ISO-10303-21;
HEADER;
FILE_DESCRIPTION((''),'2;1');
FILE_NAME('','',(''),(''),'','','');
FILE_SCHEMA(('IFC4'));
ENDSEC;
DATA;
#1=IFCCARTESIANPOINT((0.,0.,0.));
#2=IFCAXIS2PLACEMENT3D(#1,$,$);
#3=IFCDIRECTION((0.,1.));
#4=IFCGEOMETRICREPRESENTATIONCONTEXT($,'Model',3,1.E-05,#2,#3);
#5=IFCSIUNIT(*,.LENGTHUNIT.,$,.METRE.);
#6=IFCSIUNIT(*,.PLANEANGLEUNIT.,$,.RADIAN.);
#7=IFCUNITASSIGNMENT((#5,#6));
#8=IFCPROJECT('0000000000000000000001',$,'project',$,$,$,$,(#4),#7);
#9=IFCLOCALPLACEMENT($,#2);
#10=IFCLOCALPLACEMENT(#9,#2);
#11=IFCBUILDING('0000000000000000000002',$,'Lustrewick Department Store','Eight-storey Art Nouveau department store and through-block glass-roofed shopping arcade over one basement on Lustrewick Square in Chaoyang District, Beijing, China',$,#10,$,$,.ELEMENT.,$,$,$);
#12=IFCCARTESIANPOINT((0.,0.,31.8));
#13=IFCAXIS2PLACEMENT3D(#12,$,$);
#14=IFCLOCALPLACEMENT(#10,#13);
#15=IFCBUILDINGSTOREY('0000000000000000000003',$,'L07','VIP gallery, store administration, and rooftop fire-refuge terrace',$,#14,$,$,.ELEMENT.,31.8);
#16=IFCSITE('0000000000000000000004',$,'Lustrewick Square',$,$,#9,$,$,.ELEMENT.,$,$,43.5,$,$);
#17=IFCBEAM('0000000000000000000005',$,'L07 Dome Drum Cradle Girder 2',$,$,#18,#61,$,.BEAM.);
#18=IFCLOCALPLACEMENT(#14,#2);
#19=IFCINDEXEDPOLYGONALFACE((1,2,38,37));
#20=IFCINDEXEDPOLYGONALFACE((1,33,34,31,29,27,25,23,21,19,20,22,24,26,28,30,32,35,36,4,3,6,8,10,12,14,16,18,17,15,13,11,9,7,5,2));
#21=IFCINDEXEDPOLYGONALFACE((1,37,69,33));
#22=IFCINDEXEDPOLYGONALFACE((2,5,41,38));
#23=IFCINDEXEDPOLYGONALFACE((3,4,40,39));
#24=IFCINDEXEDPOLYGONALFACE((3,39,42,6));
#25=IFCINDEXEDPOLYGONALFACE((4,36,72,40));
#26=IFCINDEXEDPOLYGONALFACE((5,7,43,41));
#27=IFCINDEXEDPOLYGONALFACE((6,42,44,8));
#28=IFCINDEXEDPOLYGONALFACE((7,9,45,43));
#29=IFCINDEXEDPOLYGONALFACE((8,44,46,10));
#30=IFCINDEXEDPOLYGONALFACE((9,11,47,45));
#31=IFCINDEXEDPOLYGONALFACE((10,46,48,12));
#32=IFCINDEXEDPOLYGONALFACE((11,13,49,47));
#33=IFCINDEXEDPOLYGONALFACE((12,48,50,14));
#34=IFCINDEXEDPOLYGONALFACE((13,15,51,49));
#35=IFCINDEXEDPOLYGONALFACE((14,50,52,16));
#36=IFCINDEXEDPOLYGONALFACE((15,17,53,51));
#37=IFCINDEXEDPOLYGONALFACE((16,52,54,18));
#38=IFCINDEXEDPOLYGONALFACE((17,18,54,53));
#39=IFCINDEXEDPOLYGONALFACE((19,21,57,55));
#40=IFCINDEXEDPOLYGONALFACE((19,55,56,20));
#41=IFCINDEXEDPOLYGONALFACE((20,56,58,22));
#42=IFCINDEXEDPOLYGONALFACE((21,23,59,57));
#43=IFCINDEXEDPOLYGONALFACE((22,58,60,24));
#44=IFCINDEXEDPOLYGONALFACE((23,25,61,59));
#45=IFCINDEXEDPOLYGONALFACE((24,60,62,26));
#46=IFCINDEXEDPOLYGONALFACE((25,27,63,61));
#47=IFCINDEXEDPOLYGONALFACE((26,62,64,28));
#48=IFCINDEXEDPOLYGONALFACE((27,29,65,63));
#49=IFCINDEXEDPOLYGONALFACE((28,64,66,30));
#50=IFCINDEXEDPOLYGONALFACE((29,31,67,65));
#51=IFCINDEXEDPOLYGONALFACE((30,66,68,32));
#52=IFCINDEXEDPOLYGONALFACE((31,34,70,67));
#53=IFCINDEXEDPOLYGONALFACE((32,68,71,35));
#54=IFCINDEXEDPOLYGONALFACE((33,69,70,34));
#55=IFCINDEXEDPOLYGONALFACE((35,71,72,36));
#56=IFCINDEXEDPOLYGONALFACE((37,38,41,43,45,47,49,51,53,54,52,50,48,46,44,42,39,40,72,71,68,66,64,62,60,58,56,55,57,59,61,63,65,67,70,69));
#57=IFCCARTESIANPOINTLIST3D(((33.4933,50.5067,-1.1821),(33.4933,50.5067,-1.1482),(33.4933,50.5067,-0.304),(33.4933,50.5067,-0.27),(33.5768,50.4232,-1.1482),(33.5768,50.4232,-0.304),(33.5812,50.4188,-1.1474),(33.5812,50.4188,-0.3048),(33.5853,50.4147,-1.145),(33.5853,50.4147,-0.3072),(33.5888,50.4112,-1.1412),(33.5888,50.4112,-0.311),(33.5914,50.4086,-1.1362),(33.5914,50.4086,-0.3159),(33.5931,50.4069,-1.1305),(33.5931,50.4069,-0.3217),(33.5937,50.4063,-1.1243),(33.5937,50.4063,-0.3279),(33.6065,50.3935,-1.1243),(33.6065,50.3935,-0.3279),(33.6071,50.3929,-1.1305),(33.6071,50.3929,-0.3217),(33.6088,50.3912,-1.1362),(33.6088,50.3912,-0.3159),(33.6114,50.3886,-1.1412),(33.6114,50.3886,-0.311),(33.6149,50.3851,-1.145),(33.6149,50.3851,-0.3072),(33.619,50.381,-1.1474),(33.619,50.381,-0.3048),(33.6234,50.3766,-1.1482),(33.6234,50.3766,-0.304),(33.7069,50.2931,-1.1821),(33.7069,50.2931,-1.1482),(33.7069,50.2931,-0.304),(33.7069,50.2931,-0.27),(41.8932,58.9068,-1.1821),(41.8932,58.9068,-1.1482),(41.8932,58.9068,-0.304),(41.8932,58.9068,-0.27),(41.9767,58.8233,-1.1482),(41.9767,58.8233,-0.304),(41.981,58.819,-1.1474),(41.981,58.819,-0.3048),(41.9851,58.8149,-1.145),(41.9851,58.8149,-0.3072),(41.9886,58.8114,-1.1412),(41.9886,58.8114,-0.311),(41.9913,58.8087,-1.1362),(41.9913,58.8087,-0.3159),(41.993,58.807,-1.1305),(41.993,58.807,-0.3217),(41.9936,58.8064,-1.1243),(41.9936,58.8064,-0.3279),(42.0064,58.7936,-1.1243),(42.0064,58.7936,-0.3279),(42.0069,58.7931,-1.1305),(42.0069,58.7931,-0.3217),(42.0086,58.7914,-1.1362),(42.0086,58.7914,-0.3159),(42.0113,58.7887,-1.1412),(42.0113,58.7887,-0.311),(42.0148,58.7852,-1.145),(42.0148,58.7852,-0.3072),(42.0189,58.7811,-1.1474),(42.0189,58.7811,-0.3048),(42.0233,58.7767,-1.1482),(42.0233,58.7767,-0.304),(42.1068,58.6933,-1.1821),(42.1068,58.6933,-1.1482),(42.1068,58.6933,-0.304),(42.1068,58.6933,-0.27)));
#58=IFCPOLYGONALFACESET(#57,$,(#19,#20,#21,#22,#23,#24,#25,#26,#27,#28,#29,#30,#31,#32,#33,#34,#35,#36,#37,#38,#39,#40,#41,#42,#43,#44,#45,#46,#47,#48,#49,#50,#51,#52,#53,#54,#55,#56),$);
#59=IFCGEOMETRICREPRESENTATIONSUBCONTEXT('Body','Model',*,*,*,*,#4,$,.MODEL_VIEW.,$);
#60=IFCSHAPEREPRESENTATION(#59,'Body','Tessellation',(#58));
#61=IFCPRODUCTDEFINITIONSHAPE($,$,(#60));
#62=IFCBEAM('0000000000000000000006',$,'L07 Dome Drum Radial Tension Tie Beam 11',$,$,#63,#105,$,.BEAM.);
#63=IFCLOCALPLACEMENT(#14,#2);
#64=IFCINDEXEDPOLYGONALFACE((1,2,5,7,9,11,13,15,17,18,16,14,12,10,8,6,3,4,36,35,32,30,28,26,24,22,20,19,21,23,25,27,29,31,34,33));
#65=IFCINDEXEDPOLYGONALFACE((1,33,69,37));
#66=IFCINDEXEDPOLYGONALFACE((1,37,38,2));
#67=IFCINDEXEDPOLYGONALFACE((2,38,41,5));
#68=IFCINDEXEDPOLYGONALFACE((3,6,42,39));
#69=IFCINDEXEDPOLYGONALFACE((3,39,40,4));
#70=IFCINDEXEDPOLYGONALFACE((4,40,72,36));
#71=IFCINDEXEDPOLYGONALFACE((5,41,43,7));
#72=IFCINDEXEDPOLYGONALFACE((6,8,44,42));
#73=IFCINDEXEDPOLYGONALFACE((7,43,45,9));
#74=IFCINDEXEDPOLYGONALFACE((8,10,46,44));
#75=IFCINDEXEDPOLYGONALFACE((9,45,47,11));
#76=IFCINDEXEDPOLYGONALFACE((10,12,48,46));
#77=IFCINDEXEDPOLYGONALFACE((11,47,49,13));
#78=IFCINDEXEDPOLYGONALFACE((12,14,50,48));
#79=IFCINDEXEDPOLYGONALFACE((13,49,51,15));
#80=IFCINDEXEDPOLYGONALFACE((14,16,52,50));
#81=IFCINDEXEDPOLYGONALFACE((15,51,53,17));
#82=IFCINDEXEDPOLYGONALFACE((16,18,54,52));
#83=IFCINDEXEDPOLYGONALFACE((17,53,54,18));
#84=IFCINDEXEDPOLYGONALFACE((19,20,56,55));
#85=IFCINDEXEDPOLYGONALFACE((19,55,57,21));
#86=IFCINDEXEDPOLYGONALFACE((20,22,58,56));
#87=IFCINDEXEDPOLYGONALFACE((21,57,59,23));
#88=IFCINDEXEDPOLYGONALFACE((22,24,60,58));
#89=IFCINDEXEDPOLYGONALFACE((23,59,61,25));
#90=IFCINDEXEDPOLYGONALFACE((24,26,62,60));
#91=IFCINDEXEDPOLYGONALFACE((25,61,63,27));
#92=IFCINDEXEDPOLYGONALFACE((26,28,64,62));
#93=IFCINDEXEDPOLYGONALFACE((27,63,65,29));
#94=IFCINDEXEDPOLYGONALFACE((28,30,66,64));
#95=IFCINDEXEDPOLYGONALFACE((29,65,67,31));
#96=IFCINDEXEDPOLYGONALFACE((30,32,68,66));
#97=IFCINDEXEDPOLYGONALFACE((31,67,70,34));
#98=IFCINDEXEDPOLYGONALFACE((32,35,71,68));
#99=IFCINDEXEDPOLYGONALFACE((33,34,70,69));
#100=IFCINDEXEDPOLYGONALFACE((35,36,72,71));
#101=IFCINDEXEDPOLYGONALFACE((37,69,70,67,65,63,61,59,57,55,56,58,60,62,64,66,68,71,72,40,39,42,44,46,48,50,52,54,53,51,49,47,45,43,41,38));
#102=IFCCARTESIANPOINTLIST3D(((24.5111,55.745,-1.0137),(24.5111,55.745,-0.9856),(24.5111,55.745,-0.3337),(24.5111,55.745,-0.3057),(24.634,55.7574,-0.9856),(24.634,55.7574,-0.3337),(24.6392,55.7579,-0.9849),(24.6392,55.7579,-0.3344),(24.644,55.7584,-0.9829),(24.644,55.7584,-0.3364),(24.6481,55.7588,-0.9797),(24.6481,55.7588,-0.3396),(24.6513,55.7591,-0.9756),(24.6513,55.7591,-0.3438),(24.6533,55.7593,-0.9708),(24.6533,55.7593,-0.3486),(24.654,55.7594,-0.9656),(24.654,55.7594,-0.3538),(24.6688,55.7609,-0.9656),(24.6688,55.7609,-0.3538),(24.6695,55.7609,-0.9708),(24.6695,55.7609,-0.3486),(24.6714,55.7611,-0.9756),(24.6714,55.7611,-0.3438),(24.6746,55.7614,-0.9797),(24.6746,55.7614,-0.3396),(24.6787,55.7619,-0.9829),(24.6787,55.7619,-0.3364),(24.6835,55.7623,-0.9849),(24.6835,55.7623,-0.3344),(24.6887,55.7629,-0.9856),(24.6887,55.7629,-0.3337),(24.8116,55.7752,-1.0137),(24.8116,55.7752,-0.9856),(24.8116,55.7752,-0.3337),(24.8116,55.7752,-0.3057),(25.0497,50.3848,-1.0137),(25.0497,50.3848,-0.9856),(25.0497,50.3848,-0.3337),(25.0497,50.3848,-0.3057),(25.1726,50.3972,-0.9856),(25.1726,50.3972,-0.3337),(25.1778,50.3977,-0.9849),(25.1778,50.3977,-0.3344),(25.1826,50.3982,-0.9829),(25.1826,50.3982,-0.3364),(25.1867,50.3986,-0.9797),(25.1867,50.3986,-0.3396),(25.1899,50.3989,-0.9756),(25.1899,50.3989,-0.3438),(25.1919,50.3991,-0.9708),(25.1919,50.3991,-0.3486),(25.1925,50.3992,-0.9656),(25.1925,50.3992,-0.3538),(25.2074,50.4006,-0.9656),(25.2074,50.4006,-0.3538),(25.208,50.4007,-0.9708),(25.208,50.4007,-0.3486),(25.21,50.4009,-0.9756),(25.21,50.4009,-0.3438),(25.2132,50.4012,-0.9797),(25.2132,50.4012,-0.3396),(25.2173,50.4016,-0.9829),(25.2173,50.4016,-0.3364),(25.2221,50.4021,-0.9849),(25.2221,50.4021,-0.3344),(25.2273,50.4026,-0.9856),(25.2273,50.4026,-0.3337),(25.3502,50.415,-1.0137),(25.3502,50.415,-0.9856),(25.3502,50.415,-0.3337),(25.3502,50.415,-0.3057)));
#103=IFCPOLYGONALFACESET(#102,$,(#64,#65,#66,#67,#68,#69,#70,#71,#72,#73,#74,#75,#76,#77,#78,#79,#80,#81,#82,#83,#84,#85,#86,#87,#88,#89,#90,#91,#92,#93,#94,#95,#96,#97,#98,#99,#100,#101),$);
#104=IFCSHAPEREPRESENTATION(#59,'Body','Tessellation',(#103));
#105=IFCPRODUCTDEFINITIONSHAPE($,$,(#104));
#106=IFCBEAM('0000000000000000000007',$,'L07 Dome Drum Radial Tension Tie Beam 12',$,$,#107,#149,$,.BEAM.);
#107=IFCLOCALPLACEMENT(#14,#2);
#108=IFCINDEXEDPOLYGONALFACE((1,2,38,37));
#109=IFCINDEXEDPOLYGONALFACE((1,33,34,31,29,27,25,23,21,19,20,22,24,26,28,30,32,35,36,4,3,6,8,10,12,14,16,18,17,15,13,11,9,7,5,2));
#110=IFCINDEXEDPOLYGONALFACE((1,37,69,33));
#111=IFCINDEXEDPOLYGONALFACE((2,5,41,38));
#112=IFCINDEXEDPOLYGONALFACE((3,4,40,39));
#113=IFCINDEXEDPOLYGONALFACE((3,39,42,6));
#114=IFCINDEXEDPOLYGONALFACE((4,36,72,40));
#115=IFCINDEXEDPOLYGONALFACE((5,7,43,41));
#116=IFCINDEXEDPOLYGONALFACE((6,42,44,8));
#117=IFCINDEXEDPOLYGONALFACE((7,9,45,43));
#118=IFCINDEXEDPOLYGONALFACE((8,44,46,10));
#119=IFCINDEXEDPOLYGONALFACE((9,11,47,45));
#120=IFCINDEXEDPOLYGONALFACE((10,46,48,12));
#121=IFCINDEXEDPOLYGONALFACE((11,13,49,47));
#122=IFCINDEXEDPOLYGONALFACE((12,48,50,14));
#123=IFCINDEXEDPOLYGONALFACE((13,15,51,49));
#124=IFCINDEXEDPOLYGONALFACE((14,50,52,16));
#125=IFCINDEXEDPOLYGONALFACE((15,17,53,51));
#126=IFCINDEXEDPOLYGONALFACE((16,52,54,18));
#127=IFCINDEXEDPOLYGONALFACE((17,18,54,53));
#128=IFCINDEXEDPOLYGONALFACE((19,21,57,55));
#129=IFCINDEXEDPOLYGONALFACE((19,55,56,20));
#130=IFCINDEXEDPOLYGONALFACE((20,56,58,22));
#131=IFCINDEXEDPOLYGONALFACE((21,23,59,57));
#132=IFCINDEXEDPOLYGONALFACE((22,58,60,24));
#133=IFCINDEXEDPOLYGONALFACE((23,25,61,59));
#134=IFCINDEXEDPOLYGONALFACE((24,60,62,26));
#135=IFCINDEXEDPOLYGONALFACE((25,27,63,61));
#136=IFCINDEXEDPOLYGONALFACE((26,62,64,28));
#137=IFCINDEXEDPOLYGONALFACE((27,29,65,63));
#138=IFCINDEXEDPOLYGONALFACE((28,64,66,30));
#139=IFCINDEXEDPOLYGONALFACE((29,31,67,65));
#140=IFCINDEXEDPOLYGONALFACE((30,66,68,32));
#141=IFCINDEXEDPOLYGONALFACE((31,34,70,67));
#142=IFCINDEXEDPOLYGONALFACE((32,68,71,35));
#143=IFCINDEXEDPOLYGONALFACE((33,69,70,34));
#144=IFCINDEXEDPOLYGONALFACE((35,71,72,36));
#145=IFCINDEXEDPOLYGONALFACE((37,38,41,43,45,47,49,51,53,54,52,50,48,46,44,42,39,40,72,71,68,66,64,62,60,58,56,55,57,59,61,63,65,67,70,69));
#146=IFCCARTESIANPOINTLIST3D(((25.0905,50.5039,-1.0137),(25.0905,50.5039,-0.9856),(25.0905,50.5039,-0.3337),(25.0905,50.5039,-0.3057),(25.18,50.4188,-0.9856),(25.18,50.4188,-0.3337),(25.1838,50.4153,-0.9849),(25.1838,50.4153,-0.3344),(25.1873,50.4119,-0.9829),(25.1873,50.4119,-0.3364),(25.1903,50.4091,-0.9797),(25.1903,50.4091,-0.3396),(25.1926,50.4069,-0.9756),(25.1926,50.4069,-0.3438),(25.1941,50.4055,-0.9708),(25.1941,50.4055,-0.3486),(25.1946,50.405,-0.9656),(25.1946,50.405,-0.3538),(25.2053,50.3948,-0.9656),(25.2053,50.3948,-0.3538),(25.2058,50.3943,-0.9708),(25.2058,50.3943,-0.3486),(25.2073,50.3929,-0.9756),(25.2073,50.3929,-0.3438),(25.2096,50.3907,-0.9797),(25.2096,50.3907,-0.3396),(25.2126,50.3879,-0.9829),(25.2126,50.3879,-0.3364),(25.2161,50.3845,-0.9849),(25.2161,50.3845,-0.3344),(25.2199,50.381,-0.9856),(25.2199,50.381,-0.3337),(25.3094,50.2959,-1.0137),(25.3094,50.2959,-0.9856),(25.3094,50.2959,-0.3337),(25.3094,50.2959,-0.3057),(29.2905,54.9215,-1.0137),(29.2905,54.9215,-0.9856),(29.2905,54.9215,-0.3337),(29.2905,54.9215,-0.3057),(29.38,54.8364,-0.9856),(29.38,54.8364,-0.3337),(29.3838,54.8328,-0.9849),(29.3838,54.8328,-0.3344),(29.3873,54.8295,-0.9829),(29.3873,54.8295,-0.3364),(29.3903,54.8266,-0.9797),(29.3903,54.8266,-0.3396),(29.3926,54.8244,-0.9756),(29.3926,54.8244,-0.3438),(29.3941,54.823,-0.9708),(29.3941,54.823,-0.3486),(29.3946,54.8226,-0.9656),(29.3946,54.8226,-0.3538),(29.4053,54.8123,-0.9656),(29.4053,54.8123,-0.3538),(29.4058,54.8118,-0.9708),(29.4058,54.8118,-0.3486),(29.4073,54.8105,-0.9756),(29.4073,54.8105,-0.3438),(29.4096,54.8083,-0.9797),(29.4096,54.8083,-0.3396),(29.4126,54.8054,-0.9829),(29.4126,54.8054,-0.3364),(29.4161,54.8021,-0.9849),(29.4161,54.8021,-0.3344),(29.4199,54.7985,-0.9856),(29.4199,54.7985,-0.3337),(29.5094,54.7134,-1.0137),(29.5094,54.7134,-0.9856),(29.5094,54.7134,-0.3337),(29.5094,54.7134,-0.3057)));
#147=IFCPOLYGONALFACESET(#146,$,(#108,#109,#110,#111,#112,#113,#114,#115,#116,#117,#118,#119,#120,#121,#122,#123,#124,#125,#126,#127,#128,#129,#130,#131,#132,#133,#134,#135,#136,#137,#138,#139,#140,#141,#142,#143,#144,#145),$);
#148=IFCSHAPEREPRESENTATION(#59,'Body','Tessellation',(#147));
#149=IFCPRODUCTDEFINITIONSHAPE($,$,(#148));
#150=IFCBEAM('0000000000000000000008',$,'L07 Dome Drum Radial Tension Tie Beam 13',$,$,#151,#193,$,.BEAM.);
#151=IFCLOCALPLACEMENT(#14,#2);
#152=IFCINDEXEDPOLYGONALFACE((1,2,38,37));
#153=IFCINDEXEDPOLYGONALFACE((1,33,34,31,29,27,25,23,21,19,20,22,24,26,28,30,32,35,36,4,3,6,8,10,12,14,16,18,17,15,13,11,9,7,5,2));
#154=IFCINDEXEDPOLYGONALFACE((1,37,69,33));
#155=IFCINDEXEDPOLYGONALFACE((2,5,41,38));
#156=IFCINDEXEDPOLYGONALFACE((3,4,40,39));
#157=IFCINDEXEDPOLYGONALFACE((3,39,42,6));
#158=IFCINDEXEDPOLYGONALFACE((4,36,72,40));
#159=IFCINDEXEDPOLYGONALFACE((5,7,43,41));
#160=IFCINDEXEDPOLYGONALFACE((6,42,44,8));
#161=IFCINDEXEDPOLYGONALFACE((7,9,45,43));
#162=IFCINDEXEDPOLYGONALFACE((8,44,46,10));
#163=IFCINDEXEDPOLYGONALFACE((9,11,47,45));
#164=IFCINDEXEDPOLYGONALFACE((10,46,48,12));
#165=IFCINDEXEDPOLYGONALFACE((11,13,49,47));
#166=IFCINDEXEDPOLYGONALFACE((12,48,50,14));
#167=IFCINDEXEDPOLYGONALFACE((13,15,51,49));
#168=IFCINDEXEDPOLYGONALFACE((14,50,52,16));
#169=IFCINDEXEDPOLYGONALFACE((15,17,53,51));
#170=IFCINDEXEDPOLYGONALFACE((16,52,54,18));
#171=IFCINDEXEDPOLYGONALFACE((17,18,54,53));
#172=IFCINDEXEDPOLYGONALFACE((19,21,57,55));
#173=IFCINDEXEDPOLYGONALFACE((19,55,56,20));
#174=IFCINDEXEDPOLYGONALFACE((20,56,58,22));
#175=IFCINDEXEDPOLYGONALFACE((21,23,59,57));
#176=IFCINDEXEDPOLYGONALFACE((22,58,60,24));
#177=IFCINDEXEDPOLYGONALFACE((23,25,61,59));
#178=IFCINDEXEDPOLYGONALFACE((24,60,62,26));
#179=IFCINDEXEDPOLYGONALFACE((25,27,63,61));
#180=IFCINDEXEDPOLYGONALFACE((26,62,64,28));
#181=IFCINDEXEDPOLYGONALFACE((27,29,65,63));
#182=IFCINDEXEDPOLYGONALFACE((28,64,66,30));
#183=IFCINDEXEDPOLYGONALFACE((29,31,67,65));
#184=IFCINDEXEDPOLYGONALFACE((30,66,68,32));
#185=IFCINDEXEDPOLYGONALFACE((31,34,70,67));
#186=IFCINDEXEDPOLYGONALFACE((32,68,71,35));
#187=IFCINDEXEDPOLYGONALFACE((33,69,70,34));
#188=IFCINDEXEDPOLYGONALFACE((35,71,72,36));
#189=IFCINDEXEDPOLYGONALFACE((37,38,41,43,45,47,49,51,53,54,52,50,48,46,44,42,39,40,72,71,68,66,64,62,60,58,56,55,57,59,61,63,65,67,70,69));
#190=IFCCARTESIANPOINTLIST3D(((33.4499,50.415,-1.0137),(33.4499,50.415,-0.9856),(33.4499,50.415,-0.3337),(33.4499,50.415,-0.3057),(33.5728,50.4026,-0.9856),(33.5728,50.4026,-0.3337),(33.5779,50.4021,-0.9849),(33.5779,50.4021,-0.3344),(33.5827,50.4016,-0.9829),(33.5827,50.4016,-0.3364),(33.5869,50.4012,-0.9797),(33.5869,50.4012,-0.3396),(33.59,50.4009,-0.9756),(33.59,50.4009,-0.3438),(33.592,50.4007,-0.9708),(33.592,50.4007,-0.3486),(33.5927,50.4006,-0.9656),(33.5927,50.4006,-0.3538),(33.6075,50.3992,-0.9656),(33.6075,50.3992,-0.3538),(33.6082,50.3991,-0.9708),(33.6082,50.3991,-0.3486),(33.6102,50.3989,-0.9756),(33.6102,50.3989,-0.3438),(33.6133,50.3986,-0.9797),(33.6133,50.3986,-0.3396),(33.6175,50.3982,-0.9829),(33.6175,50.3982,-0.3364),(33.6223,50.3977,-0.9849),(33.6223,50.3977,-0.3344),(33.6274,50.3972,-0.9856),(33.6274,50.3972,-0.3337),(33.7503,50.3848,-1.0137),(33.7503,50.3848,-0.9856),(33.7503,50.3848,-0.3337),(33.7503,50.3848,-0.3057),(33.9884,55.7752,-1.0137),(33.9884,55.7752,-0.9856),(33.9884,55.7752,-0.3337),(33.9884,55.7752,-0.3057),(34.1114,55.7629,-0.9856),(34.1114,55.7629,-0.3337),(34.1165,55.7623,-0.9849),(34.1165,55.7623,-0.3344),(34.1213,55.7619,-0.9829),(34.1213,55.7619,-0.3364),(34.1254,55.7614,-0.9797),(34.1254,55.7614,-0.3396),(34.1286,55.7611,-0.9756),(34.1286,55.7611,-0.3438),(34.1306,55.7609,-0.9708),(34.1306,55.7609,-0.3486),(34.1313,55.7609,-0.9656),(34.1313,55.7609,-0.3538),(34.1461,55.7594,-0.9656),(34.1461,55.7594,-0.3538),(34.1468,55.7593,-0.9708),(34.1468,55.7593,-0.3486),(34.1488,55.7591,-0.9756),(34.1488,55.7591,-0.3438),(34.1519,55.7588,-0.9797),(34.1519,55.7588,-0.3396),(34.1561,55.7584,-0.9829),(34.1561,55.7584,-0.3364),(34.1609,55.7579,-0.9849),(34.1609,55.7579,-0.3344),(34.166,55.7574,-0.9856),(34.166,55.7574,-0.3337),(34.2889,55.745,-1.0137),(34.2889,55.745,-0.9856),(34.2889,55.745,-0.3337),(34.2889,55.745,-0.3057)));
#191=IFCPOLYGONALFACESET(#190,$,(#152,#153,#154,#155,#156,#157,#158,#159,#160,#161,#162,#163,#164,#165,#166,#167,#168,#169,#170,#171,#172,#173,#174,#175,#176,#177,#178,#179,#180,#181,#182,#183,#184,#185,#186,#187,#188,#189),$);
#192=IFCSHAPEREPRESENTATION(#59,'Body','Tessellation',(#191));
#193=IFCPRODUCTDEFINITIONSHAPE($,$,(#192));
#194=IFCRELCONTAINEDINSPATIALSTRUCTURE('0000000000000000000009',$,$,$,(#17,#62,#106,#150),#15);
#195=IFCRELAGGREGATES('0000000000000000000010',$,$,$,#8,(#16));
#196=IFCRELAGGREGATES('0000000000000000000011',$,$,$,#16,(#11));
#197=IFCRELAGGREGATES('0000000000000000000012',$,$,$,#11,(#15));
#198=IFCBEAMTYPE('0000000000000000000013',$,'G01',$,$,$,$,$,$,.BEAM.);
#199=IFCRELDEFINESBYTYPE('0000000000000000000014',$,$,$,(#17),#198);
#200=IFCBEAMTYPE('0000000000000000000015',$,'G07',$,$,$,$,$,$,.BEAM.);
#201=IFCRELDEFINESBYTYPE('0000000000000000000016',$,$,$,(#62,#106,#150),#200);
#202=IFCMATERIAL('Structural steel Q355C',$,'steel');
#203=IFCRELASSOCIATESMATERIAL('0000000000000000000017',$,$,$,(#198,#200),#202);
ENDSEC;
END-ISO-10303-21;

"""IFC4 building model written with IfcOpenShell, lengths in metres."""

from ifc_helpers import new_model, si_unit, direction, frame, origin, origin_2d, place, context, subcontext, project, spatial, i_section, extrude, material, material_profile, profile_set, type_object, element, save


model = new_model("IFC4")

# Units and contexts
model_context = context("Model", 3, precision=1e-05, world=origin(), true_north=direction((0.0, 1.0)))
body_context = subcontext(model_context, "Body", "Model", "MODEL_VIEW")
ifc_project = project(units=[si_unit("LENGTHUNIT", "METRE"), si_unit("PLANEANGLEUNIT", "RADIAN")], contexts=[model_context])

# Site, building, storey
site_placement = place(None, origin())
site = spatial("IfcSite", under=ifc_project, at=site_placement, Name="Lustrewick Square", CompositionType="ELEMENT", RefElevation=43.5)
building_placement = place(site_placement, origin())
building = spatial("IfcBuilding", under=site, at=building_placement, Name="Lustrewick Department Store", Description="Eight-storey Art Nouveau department store and through-block glass-roofed shopping arcade over one basement on Lustrewick Square in Chaoyang District, Beijing, China", CompositionType="ELEMENT")
storey_placement = place(building_placement, frame((0.0, 0.0, 31.8)))
storey = spatial("IfcBuildingStorey", under=building, at=storey_placement, Name="L07", Description="VIP gallery, store administration, and rooftop fire-refuge terrace", CompositionType="ELEMENT", Elevation=31.8)

# Shared definitions
ifc_material_1 = material(Name="Structural steel Q355C", Category="steel")

# Beams
ifc_material_profile_1 = material_profile(ifc_material_1, i_section(OverallWidth=0.302, OverallDepth=0.9121, WebThickness=0.0181, FlangeThickness=0.0339, FilletRadius=0.0239, at=origin_2d()), Name="HN 912x302x18x34")
ifc_profile_set_1 = profile_set([ifc_material_profile_1], Name="Structural steel Q355C")
beam_type_1 = type_object("IfcBeamType", Name="G01", PredefinedType="BEAM", material=ifc_profile_set_1)
beam_1_placement = place(storey_placement, frame((33.6001, 50.3999, -0.7261), z_axis=(0.707097, 0.707117, 0.0), x_axis=(-0.707117, 0.707097, 0.0)))
element("IfcBeam", 1, at=beam_1_placement, inside=storey, type_object=beam_type_1, Name="L07 Dome Drum Cradle Girder 2", PredefinedType="BEAM", context=body_context, shape_type="SweptSolid", body=[
    extrude(i_section(OverallWidth=0.302, OverallDepth=0.9121, WebThickness=0.0181, FlangeThickness=0.0339, FilletRadius=0.0239, at=origin_2d()), origin(), (0.0, 0.0, 1.0), 11.8794),
])
ifc_material_profile_2 = material_profile(ifc_material_1, i_section(OverallWidth=0.302, OverallDepth=0.708, WebThickness=0.0149, FlangeThickness=0.0281, FilletRadius=0.02, at=origin_2d()), Name="HN 708x302x15x28")
ifc_profile_set_2 = profile_set([ifc_material_profile_2], Name="Structural steel Q355C")
beam_type_2 = type_object("IfcBeamType", Name="G07", PredefinedType="BEAM", material=ifc_profile_set_2)
beam_2_placement = place(storey_placement, frame((25.2, 50.3999, -0.6597), z_axis=(-0.099975, 0.99499, 0.0), x_axis=(-0.99499, -0.099975, 0.0)))
element("IfcBeam", 2, at=beam_2_placement, inside=storey, type_object=beam_type_2, Name="L07 Dome Drum Radial Tension Tie Beam 11", PredefinedType="BEAM", context=body_context, shape_type="SweptSolid", body=[
    extrude(i_section(OverallWidth=0.302, OverallDepth=0.708, WebThickness=0.0149, FlangeThickness=0.0281, FilletRadius=0.02, at=origin_2d()), origin(), (0.0, 0.0, 1.0), 5.3872),
])
beam_3_placement = place(storey_placement, frame((25.2, 50.3999, -0.6597), z_axis=(0.689038, 0.724725, 0.0), x_axis=(-0.724725, 0.689038, 0.0)))
element("IfcBeam", 3, at=beam_3_placement, inside=storey, type_object=beam_type_2, Name="L07 Dome Drum Radial Tension Tie Beam 12", PredefinedType="BEAM", context=body_context, shape_type="SweptSolid", body=[
    extrude(i_section(OverallWidth=0.302, OverallDepth=0.708, WebThickness=0.0149, FlangeThickness=0.0281, FilletRadius=0.02, at=origin_2d()), origin(), (0.0, 0.0, 1.0), 6.0955),
])
beam_4_placement = place(storey_placement, frame((33.6001, 50.3999, -0.6597), z_axis=(0.099975, 0.99499, 0.0), x_axis=(-0.99499, 0.099975, 0.0)))
element("IfcBeam", 4, at=beam_4_placement, inside=storey, type_object=beam_type_2, Name="L07 Dome Drum Radial Tension Tie Beam 13", PredefinedType="BEAM", context=body_context, shape_type="SweptSolid", body=[
    extrude(i_section(OverallWidth=0.302, OverallDepth=0.708, WebThickness=0.0149, FlangeThickness=0.0281, FilletRadius=0.02, at=origin_2d()), origin(), (0.0, 0.0, 1.0), 5.3872),
])

save(model, "model.ifc")
